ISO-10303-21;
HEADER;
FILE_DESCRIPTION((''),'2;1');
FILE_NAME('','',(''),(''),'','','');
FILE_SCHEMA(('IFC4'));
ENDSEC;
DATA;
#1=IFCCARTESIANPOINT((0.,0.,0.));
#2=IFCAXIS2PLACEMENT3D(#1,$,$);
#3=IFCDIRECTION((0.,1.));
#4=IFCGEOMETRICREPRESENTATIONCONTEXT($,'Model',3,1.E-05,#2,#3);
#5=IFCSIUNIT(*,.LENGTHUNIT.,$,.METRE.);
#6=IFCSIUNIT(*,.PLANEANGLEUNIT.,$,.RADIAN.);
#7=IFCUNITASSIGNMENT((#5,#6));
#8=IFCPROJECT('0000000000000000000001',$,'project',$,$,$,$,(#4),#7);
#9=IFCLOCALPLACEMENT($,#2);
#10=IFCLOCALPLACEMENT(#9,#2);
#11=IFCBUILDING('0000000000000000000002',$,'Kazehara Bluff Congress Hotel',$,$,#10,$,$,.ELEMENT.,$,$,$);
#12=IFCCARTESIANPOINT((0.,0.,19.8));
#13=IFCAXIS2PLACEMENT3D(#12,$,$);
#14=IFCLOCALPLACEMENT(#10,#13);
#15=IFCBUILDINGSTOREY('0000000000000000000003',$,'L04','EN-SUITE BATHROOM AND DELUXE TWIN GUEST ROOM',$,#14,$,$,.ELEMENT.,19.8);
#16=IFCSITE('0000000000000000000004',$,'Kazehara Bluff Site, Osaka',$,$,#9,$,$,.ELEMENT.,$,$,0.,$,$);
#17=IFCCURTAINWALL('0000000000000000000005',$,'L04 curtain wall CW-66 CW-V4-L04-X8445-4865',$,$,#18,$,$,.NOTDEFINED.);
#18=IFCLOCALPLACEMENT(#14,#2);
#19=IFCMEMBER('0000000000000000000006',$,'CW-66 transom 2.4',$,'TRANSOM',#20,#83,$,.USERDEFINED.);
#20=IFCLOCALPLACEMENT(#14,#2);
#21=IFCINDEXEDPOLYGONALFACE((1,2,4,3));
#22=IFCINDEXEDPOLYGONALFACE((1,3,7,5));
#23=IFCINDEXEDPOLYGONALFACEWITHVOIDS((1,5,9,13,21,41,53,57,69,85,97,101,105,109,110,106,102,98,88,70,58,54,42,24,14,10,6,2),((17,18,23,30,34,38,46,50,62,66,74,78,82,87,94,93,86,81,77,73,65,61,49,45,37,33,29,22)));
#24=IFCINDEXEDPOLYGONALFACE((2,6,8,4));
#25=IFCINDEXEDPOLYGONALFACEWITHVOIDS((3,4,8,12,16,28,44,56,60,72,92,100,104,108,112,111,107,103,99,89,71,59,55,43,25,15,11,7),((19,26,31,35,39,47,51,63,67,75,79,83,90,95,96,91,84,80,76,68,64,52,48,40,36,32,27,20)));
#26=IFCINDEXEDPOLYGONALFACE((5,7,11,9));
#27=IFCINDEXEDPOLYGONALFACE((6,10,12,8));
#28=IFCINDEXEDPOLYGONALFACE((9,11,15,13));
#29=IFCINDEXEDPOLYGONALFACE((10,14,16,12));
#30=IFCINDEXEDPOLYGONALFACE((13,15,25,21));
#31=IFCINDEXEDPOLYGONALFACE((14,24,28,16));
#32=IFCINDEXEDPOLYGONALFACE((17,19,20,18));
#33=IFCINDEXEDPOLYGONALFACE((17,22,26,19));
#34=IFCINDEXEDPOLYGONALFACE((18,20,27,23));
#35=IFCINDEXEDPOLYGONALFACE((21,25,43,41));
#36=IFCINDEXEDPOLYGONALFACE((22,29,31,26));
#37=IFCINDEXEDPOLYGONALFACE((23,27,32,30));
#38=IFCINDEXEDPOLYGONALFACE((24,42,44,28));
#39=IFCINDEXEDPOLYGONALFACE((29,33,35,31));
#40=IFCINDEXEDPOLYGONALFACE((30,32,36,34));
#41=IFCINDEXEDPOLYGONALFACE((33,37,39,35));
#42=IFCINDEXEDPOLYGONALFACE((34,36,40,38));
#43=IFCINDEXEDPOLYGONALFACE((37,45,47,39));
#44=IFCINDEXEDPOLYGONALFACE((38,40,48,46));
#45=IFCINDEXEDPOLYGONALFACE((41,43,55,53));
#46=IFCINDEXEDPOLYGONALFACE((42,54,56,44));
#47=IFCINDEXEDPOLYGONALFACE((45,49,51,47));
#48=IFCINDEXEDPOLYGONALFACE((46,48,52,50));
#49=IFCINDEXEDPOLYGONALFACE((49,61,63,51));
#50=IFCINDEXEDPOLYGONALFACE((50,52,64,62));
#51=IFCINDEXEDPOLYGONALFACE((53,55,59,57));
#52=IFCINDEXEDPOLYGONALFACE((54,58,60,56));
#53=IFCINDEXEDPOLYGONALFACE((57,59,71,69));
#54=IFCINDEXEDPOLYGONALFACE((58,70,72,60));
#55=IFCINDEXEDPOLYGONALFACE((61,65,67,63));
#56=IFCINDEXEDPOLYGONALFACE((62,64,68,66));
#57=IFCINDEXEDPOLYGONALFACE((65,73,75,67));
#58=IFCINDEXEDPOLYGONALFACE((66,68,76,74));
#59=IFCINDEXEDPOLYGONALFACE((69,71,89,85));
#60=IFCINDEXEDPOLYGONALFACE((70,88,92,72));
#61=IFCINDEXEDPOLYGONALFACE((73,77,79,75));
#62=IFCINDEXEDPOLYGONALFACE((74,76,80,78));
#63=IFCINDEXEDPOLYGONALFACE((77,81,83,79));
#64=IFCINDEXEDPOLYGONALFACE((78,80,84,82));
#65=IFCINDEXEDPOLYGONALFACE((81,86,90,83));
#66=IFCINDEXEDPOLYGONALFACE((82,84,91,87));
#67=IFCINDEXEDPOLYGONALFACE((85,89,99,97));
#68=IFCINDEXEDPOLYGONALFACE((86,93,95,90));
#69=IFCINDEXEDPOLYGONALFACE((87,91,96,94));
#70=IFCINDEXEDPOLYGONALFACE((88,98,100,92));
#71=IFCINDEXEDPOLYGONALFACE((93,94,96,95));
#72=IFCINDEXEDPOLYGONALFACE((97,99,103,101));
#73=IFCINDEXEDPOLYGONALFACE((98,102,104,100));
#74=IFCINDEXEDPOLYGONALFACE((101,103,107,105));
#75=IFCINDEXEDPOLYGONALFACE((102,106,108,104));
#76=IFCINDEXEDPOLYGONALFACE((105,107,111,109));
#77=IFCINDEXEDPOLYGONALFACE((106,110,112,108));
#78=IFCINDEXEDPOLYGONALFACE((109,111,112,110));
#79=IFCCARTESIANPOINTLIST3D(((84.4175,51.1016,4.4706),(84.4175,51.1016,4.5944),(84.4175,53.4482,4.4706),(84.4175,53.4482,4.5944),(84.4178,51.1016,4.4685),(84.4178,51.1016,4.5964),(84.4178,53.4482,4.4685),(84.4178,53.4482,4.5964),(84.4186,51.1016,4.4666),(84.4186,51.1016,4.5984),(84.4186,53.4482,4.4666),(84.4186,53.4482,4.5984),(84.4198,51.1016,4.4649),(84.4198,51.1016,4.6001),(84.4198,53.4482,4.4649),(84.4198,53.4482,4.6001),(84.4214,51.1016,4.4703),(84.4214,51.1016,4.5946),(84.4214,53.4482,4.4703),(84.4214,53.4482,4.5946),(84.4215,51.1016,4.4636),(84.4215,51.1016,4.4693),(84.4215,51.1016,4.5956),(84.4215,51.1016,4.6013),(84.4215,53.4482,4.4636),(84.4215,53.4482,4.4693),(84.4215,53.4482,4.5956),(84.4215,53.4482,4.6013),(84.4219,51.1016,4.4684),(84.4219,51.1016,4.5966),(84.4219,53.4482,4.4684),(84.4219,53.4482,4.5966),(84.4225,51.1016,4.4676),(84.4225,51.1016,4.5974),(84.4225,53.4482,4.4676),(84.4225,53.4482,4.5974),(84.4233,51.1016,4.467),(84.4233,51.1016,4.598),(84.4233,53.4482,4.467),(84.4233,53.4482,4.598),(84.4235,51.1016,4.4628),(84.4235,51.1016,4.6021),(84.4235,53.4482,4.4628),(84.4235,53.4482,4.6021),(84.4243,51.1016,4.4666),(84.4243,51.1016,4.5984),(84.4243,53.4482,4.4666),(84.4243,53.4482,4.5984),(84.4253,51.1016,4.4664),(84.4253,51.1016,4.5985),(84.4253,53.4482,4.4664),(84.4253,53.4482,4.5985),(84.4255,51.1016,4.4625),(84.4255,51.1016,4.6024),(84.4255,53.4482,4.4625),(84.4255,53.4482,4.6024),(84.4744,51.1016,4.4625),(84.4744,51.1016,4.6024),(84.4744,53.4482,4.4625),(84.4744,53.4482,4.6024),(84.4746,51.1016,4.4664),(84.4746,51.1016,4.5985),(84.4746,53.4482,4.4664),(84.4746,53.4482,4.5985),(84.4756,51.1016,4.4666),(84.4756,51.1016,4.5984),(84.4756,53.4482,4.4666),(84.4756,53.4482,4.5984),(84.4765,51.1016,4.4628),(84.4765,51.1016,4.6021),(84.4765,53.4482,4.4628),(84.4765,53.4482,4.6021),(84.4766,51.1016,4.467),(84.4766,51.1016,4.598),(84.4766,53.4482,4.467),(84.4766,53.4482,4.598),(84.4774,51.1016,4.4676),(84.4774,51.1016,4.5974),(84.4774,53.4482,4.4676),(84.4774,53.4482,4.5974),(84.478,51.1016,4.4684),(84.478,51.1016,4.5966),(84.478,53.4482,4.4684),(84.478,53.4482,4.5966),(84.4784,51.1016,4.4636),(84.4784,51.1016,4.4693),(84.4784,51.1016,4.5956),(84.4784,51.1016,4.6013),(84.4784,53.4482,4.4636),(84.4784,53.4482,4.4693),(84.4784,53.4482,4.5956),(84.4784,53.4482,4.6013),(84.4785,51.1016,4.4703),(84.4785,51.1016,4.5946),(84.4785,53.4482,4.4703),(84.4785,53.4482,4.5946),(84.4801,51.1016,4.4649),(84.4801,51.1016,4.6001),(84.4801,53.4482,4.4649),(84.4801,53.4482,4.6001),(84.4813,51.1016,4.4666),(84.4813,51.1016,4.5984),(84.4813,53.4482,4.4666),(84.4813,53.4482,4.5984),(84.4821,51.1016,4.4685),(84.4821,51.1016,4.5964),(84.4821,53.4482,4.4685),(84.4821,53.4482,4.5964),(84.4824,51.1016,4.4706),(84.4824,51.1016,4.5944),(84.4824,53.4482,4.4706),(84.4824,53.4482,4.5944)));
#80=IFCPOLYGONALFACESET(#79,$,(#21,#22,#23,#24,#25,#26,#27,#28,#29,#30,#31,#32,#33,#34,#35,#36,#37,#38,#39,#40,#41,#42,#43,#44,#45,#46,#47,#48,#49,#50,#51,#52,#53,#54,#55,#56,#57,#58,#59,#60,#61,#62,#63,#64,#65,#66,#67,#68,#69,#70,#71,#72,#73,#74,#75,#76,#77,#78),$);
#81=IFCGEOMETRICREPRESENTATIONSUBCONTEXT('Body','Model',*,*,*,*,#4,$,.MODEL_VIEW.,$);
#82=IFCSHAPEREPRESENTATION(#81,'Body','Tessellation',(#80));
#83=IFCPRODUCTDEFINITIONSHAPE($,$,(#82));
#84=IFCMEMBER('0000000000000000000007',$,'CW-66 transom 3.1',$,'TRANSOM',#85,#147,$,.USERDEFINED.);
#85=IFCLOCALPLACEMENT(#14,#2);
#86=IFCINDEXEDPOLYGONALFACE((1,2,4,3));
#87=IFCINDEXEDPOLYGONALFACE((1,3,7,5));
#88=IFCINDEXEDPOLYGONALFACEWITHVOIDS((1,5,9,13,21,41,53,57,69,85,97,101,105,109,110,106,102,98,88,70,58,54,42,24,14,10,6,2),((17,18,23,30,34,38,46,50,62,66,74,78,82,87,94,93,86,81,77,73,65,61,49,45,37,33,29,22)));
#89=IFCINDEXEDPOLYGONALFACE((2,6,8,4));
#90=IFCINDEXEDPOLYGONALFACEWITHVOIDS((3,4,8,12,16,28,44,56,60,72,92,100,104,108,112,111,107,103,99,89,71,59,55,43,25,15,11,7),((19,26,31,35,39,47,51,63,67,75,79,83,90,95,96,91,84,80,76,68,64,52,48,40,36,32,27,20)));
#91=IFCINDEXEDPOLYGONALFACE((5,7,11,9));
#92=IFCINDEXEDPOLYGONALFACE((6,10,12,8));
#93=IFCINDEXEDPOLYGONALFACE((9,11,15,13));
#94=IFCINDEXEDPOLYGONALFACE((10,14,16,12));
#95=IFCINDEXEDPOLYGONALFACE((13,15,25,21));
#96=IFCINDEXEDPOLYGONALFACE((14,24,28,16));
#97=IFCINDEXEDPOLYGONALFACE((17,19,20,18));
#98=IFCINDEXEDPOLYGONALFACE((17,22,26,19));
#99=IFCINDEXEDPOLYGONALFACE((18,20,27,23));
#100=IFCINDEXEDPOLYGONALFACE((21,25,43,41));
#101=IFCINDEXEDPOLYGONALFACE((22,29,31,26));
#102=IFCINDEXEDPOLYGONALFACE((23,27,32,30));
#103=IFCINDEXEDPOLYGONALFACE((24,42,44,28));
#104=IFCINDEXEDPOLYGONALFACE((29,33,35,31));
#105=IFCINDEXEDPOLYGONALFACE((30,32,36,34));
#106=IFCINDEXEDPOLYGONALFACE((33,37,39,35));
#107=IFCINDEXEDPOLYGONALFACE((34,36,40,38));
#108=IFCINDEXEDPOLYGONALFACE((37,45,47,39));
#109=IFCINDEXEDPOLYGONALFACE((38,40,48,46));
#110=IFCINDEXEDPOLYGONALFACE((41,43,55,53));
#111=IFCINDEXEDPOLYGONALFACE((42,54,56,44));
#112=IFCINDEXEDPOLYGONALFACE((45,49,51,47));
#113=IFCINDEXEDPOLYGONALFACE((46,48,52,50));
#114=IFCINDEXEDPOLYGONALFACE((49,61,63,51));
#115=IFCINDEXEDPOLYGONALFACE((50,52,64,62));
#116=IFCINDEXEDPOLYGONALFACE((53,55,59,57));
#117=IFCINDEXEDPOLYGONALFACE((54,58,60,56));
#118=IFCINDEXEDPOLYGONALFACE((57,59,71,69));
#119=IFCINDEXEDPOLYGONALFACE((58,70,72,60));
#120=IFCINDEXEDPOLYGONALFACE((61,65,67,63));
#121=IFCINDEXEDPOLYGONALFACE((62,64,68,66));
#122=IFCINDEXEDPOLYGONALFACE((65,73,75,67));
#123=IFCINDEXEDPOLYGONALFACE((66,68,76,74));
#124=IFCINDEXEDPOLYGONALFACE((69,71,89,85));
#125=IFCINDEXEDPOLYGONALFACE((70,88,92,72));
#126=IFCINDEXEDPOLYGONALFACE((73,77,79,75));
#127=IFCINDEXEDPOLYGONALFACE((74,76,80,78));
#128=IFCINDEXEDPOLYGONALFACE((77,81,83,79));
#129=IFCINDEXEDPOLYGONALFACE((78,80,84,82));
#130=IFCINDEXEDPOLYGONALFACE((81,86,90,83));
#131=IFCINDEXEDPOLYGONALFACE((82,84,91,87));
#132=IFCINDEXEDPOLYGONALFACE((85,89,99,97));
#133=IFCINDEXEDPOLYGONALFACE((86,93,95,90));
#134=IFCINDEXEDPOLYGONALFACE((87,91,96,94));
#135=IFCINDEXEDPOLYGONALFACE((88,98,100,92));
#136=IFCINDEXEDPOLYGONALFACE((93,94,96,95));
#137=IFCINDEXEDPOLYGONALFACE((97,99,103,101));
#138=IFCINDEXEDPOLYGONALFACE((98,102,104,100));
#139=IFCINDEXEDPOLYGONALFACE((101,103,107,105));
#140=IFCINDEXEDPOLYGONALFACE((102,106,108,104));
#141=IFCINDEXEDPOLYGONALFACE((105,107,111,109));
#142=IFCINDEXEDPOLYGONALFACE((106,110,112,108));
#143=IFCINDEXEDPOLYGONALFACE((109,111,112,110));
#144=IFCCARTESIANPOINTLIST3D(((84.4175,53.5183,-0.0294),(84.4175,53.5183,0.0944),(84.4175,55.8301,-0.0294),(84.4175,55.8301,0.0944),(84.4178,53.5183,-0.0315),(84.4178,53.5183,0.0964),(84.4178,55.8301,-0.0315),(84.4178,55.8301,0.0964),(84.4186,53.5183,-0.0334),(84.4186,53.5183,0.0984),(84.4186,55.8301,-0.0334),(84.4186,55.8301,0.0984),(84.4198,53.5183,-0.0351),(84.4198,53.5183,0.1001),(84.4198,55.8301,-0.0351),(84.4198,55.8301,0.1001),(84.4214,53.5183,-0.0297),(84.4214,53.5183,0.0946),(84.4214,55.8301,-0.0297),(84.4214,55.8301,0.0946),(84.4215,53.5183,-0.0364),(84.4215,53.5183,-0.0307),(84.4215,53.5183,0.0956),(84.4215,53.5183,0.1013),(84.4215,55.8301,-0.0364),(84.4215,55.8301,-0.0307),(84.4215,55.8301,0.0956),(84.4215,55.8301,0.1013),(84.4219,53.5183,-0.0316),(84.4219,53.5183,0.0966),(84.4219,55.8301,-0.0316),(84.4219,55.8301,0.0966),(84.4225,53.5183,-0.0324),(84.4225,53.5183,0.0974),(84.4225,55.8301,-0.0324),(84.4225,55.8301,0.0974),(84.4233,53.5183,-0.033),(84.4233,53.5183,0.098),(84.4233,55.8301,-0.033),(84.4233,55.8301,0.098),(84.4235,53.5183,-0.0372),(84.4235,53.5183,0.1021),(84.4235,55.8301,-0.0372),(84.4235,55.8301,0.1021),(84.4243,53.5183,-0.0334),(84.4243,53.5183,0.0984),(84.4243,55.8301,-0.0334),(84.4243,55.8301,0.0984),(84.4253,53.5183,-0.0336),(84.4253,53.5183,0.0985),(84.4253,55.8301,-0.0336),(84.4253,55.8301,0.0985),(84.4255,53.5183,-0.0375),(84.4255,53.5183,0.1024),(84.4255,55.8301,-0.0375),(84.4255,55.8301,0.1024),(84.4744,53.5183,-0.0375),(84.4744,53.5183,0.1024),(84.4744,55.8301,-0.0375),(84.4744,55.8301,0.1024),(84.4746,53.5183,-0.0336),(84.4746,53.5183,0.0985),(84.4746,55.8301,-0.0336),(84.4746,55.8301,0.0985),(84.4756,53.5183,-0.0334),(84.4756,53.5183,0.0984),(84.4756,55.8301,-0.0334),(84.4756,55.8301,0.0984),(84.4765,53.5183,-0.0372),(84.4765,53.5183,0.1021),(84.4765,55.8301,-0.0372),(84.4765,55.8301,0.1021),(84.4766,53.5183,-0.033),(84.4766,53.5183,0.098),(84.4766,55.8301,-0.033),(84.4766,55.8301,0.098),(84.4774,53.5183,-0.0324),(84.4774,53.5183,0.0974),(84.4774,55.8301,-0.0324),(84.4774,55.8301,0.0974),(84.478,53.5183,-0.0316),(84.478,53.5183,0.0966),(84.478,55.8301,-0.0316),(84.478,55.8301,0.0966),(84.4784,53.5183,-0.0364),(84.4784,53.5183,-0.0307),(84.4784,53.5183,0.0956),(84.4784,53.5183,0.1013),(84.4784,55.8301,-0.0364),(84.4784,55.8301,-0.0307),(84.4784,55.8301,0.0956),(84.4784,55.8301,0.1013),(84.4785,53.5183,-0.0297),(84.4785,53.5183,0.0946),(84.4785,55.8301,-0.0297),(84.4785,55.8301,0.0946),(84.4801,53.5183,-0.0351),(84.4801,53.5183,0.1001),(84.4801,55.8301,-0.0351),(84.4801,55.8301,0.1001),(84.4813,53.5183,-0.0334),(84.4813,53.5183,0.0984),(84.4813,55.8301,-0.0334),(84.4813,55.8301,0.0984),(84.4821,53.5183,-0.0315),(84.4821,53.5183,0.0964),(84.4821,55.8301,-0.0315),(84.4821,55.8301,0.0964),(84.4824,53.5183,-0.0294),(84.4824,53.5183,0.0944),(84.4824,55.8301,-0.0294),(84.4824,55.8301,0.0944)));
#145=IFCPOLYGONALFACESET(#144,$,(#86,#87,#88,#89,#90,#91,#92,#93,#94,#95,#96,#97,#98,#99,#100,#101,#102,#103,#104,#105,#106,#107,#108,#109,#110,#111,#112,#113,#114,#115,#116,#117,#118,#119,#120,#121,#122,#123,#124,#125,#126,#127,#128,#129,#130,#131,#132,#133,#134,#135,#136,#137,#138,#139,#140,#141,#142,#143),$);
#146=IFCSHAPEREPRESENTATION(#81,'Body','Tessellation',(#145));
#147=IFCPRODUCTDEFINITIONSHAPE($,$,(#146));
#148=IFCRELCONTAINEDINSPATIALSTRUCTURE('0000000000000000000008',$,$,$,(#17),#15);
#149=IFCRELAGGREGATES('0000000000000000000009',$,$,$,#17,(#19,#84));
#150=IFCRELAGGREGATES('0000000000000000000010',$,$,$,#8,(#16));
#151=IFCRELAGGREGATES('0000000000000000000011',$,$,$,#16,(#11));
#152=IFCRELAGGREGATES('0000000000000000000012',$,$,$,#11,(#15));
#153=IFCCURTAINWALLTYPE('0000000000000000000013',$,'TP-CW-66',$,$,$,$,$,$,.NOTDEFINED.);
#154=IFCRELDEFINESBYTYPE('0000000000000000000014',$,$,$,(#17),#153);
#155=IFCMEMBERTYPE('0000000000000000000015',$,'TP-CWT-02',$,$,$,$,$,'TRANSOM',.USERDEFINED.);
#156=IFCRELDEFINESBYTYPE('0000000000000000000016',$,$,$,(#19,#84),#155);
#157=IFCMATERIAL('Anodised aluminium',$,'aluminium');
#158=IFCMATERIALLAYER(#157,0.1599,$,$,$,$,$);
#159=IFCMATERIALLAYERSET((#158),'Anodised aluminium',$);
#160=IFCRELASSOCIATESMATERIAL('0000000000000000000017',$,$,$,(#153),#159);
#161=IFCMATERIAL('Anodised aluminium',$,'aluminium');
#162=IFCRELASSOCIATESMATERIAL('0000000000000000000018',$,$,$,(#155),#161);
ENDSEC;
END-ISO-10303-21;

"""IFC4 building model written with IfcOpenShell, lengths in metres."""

from ifc_helpers import new_model, si_unit, direction, frame, origin, origin_2d, place, context, subcontext, project, spatial, hollow_rectangle, extrude, material, layer, layer_set, material_profile, profile_set, type_object, element, aggregate, save


model = new_model("IFC4")

# Units and contexts
model_context = context("Model", 3, precision=1e-05, world=origin(), true_north=direction((0.0, 1.0)))
body_context = subcontext(model_context, "Body", "Model", "MODEL_VIEW")
ifc_project = project(units=[si_unit("LENGTHUNIT", "METRE"), si_unit("PLANEANGLEUNIT", "RADIAN")], contexts=[model_context])

# Site, building, storey
site_placement = place(None, origin())
site = spatial("IfcSite", under=ifc_project, at=site_placement, Name="Kazehara Bluff Site, Osaka", CompositionType="ELEMENT", RefElevation=0.0)
building_placement = place(site_placement, origin())
building = spatial("IfcBuilding", under=site, at=building_placement, Name="Kazehara Bluff Congress Hotel", CompositionType="ELEMENT")
storey_placement = place(building_placement, frame((0.0, 0.0, 19.8)))
storey = spatial("IfcBuildingStorey", under=building, at=storey_placement, Name="L04", Description="EN-SUITE BATHROOM AND DELUXE TWIN GUEST ROOM", CompositionType="ELEMENT", Elevation=19.8)

# Curtain wall
ifc_material_1 = material(Name="Anodised aluminium", Category="aluminium")
ifc_layer_1 = layer(ifc_material_1, 0.1599)
ifc_layer_set_1 = layer_set([ifc_layer_1], Name="Anodised aluminium")
curtain_wall_type_1 = type_object("IfcCurtainWallType", Name="TP-CW-66", PredefinedType="NOTDEFINED", material=ifc_layer_set_1)
curtain_wall_1_placement = place(storey_placement, origin())
curtain_wall_1 = element("IfcCurtainWall", 1, at=curtain_wall_1_placement, inside=storey, type_object=curtain_wall_type_1, Name="L04 curtain wall CW-66 CW-V4-L04-X8445-4865", PredefinedType="NOTDEFINED")

# Members
ifc_material_2 = material(Name="Anodised aluminium", Category="aluminium")
ifc_material_profile_1 = material_profile(ifc_material_2, hollow_rectangle(XDim=0.0649, YDim=0.1399, WallThickness=0.0039, InnerFilletRadius=0.0039, OuterFilletRadius=0.0081, at=origin_2d()))
ifc_profile_set_1 = profile_set([ifc_material_profile_1], Name="Anodised aluminium")
member_type_1 = type_object("IfcMemberType", Name="TP-CWT-02", ElementType="TRANSOM", PredefinedType="USERDEFINED", material=ifc_profile_set_1)
member_1_placement = place(storey_placement, frame((84.45, 51.1016, 4.5325), z_axis=(0.0, 1.0, 0.0), x_axis=(-1.0, 0.0, 0.0)))
member_1 = element("IfcMember", 2, at=member_1_placement, type_object=member_type_1, Name="CW-66 transom 2.4", ObjectType="TRANSOM", PredefinedType="USERDEFINED", context=body_context, shape_type="SweptSolid", body=[
    extrude(hollow_rectangle(XDim=0.0649, YDim=0.1399, WallThickness=0.0039, InnerFilletRadius=0.0039, OuterFilletRadius=0.0081, at=origin_2d()), origin(), (0.0, 0.0, 1.0), 2.3467),
])
member_2_placement = place(storey_placement, frame((84.45, 53.5183, 0.0325), z_axis=(0.0, 1.0, 0.0), x_axis=(-1.0, 0.0, 0.0)))
member_2 = element("IfcMember", 3, at=member_2_placement, type_object=member_type_1, Name="CW-66 transom 3.1", ObjectType="TRANSOM", PredefinedType="USERDEFINED", context=body_context, shape_type="SweptSolid", body=[
    extrude(hollow_rectangle(XDim=0.0649, YDim=0.1399, WallThickness=0.0039, InnerFilletRadius=0.0039, OuterFilletRadius=0.0081, at=origin_2d()), origin(), (0.0, 0.0, 1.0), 2.3118),
])

aggregate(curtain_wall_1, [member_1, member_2])

save(model, "model.ifc")
